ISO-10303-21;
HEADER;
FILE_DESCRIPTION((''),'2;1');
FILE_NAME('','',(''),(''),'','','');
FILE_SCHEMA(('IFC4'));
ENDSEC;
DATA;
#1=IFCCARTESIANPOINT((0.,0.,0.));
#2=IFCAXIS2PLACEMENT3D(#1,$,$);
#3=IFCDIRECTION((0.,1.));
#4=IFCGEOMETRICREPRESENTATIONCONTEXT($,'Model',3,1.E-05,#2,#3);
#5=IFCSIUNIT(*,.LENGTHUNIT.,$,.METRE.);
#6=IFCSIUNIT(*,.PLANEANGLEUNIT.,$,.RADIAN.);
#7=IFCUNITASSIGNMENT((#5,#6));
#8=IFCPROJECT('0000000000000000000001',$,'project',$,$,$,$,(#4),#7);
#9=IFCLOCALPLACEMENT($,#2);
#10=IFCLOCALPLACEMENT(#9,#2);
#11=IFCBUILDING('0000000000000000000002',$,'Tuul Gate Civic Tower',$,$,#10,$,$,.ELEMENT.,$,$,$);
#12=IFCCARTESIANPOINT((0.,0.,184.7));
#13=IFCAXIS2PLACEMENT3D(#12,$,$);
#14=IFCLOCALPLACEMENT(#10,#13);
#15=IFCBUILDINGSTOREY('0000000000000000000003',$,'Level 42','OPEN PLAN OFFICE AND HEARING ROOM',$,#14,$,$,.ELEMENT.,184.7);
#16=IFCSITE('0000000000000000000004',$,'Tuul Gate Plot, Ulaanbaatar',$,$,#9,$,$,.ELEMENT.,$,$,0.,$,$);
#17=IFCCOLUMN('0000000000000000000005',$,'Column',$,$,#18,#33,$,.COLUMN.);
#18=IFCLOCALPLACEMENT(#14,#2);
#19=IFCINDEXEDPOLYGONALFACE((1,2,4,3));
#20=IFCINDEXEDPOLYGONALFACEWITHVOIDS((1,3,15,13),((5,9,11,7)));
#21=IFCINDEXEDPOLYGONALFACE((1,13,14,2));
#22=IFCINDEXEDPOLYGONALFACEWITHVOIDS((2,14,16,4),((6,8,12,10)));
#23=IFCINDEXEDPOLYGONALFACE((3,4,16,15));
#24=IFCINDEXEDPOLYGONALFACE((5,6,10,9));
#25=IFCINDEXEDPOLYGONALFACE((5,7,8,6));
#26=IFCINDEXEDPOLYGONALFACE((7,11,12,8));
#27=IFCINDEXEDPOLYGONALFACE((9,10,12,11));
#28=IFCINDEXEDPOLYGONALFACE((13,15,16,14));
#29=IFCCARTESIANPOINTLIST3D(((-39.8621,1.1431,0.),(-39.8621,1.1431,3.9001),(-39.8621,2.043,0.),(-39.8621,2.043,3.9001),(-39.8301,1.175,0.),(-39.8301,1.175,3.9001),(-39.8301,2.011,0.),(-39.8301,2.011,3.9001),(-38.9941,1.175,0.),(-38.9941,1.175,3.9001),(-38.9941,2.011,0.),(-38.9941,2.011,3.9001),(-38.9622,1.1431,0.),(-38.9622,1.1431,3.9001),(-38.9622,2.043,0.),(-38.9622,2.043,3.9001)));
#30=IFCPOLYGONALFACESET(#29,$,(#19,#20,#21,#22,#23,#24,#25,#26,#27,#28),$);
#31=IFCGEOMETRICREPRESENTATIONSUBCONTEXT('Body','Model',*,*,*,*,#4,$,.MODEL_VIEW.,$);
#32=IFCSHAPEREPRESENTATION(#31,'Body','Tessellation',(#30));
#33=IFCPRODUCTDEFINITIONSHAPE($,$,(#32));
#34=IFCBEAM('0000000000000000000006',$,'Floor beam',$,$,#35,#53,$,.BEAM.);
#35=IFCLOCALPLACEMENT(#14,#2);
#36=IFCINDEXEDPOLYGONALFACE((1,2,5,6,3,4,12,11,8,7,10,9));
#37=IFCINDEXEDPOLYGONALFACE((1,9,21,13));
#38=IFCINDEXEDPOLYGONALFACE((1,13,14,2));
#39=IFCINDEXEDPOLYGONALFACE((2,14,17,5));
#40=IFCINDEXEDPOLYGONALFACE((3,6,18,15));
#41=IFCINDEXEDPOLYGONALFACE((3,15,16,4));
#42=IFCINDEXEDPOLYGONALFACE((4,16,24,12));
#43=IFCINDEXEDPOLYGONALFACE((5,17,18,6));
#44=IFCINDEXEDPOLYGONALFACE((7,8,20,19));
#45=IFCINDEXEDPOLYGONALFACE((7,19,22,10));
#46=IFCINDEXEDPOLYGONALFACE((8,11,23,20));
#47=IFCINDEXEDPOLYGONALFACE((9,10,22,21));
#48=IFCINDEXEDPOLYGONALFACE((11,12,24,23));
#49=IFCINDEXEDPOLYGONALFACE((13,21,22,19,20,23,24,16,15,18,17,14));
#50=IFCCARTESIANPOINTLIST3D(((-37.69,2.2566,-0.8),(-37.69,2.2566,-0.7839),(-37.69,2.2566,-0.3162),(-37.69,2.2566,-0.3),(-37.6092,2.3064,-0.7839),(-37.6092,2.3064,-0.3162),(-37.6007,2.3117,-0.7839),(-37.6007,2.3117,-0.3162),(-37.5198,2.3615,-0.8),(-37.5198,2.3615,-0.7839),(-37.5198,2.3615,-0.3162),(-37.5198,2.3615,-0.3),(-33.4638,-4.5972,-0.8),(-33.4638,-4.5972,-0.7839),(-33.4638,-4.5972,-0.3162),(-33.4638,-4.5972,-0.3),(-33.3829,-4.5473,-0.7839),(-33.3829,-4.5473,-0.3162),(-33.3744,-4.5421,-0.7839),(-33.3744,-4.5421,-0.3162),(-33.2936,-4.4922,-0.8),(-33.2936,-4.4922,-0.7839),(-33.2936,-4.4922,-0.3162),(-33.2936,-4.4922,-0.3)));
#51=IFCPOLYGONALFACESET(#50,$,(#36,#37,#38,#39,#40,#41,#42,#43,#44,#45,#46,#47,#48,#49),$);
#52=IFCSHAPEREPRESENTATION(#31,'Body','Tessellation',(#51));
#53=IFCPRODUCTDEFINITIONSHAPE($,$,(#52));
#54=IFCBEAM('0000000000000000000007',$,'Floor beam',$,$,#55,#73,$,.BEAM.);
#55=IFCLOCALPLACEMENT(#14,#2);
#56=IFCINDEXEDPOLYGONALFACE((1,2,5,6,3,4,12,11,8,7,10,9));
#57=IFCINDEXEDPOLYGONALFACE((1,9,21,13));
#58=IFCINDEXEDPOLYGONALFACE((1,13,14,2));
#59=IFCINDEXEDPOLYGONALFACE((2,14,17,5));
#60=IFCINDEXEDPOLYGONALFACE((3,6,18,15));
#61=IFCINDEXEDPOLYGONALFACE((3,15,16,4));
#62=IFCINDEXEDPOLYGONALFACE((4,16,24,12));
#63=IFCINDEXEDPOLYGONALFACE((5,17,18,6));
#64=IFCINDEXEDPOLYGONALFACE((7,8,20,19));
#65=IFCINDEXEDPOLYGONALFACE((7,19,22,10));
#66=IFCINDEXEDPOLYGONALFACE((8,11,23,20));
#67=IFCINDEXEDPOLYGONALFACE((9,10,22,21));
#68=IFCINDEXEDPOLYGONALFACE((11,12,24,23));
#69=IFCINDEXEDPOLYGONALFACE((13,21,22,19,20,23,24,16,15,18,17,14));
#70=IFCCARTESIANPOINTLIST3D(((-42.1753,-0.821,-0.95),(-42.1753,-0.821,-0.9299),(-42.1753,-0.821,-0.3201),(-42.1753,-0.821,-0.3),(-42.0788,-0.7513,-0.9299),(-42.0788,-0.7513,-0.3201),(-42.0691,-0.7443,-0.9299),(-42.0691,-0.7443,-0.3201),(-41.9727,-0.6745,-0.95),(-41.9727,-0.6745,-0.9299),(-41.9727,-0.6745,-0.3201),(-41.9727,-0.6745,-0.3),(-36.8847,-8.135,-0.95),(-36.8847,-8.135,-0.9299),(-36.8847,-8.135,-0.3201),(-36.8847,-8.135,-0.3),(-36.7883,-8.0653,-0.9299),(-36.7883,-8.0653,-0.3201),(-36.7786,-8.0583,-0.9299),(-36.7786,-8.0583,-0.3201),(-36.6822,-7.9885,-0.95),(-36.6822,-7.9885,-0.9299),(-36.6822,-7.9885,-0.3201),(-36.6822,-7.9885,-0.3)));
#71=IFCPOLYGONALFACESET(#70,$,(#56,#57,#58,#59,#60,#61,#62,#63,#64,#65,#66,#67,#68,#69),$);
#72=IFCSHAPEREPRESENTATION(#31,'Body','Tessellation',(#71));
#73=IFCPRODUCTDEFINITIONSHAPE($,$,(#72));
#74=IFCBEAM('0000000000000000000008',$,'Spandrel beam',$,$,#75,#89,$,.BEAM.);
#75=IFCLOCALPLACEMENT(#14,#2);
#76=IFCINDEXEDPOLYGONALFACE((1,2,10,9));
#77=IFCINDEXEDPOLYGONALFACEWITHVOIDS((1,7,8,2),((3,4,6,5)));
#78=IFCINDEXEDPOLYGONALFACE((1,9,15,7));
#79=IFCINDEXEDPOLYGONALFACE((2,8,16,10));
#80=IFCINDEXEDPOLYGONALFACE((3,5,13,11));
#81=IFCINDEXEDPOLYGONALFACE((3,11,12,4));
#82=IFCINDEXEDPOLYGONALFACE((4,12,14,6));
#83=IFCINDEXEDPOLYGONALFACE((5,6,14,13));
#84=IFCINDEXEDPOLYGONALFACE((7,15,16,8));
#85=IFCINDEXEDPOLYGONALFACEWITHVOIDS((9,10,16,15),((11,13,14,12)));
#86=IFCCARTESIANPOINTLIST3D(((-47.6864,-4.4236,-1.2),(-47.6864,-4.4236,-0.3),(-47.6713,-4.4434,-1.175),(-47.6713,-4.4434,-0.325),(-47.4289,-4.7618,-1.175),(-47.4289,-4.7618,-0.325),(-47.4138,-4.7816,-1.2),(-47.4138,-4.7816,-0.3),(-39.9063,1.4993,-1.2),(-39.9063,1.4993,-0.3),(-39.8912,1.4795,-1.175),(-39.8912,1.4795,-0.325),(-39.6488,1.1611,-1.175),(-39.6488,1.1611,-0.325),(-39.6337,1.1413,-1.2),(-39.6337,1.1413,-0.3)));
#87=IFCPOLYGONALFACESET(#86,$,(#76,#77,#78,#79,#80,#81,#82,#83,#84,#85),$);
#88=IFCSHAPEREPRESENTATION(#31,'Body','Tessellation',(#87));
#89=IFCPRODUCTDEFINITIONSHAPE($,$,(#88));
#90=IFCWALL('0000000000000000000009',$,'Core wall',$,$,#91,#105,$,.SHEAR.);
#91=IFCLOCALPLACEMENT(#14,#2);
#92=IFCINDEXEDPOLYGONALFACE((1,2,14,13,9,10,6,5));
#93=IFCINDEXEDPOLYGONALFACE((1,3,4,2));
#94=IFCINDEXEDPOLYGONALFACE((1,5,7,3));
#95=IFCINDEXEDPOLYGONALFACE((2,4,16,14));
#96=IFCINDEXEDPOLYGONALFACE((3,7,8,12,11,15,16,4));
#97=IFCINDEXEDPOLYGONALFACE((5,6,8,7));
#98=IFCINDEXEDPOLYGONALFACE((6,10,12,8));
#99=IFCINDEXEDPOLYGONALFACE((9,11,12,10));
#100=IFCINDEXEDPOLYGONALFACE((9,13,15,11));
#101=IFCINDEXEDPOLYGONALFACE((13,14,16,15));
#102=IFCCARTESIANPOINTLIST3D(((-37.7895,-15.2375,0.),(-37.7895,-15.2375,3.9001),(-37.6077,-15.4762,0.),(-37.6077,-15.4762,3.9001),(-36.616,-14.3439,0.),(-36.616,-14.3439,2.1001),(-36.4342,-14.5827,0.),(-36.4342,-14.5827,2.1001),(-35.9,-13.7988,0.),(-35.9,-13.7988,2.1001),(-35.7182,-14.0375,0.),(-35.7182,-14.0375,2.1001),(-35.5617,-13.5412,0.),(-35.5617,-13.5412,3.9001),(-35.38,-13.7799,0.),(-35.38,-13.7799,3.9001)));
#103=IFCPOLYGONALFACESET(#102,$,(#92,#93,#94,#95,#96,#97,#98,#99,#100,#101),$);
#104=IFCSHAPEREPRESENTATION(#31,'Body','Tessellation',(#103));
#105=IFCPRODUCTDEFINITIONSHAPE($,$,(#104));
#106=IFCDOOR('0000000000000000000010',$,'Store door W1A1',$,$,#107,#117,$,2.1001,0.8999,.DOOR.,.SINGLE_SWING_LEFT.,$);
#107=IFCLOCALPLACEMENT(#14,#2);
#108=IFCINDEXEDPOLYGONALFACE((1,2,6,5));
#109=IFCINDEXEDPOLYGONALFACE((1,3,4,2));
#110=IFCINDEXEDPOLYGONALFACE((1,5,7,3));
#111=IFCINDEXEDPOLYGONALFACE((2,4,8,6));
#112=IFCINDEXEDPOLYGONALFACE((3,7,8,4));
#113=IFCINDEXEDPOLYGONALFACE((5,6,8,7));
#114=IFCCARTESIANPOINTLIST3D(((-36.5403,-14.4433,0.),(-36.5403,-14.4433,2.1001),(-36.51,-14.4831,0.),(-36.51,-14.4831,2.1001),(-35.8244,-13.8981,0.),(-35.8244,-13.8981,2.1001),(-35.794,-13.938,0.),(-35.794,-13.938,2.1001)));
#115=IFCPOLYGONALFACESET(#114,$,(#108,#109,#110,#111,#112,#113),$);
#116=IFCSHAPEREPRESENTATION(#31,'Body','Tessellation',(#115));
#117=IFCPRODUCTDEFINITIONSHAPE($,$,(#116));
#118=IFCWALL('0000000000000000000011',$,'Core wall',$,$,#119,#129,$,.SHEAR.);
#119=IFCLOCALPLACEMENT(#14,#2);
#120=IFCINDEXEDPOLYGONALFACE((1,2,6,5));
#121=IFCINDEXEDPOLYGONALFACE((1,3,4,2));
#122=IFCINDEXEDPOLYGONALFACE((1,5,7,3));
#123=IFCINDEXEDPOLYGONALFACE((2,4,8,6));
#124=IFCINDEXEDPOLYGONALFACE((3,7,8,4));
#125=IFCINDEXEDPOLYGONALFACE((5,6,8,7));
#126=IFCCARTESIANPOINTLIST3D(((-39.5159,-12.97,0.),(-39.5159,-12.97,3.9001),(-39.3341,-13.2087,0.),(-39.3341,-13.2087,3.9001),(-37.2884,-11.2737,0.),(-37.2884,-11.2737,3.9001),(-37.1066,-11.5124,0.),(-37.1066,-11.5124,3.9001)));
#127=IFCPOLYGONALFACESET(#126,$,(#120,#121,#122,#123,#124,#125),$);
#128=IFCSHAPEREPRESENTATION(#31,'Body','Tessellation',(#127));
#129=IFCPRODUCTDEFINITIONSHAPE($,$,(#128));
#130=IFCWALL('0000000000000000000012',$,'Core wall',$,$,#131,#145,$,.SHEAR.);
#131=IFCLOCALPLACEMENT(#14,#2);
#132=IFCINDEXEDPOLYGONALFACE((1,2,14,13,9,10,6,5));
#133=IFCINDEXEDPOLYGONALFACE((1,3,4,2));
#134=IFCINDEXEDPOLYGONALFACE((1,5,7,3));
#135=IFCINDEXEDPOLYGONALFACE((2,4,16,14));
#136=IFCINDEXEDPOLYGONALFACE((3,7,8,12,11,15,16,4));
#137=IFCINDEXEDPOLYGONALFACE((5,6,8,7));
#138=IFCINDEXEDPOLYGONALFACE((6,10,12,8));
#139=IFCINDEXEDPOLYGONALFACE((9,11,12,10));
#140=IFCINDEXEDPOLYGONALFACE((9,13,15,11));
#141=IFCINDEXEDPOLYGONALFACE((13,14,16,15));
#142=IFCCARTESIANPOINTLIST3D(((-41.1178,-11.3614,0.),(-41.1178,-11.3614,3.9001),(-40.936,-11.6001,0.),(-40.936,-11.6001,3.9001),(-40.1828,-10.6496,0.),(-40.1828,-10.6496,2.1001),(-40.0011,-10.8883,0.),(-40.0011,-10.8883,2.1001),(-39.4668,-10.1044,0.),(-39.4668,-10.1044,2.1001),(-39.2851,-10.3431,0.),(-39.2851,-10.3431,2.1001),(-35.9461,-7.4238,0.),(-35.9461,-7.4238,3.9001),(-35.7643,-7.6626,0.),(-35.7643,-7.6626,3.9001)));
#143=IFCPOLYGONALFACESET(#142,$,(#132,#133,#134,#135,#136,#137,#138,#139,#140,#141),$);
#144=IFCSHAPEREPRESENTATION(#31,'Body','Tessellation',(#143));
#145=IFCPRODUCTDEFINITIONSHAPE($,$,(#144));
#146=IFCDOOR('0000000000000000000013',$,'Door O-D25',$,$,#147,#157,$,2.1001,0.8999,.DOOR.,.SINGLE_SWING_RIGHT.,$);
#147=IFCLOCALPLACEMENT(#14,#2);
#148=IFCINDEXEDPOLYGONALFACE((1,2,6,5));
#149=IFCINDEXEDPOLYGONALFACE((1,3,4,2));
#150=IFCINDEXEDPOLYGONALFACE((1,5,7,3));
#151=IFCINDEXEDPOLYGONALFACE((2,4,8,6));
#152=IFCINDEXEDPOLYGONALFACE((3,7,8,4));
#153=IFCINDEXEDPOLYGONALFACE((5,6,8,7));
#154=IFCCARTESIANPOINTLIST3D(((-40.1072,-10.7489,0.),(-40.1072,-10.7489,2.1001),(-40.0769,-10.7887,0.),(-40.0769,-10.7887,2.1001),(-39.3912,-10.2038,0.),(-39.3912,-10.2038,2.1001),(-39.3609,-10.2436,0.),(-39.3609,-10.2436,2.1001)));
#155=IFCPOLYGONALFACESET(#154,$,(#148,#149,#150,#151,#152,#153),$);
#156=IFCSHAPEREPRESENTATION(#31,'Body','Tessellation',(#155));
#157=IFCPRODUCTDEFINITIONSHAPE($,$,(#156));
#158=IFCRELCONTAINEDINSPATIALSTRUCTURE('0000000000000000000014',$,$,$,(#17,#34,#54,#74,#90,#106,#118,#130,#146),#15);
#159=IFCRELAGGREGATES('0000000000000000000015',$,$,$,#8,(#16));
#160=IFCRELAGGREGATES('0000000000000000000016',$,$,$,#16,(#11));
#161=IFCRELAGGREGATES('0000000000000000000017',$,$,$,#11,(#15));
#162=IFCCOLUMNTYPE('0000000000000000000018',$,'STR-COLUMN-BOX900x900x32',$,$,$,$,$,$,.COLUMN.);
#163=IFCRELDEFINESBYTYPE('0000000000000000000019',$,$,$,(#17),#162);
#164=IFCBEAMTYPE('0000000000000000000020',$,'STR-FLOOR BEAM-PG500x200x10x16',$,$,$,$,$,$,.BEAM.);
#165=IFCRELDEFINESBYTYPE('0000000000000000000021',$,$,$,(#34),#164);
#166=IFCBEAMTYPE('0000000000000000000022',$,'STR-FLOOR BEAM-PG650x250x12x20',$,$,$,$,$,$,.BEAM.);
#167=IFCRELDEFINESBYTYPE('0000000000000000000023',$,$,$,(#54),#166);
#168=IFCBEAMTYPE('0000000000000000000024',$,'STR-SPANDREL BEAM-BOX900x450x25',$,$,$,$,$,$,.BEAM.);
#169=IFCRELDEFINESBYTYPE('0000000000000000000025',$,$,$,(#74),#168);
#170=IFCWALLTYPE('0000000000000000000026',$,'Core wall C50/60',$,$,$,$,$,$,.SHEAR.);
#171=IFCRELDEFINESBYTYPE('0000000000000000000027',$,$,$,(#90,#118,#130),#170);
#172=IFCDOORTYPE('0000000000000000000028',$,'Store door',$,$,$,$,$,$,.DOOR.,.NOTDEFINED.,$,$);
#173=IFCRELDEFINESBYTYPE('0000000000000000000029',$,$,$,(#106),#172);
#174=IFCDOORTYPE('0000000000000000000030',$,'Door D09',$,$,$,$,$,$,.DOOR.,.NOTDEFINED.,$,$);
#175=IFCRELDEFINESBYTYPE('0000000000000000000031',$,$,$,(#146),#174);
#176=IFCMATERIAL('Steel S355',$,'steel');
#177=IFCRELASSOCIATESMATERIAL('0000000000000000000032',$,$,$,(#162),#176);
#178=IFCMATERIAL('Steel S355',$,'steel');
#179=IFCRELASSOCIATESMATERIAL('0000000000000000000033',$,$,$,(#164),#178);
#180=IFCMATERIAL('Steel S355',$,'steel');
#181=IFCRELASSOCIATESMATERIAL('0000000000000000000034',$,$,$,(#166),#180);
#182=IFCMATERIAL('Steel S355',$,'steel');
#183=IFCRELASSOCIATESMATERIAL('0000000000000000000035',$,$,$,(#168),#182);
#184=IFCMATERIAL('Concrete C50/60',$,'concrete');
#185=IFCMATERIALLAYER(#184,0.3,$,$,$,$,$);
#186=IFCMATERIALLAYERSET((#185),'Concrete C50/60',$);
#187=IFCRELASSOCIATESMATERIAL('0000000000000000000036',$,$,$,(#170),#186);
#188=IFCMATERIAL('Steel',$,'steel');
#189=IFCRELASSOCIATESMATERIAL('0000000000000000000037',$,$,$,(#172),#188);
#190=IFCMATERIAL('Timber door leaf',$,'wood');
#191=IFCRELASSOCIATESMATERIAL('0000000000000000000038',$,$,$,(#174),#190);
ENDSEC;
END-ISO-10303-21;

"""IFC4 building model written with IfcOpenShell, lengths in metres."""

from ifc_helpers import new_model, si_unit, direction, frame, frame_2d, origin, origin_2d, place, context, subcontext, project, spatial, rectangle, hollow_rectangle, i_section, extrude, material, layer, layer_set, material_profile, profile_set, type_object, element, fill, save


model = new_model("IFC4")

# Units and contexts
model_context = context("Model", 3, precision=1e-05, world=origin(), true_north=direction((0.0, 1.0)))
body_context = subcontext(model_context, "Body", "Model", "MODEL_VIEW")
ifc_project = project(units=[si_unit("LENGTHUNIT", "METRE"), si_unit("PLANEANGLEUNIT", "RADIAN")], contexts=[model_context])

# Site, building, storey
site_placement = place(None, origin())
site = spatial("IfcSite", under=ifc_project, at=site_placement, Name="Tuul Gate Plot, Ulaanbaatar", CompositionType="ELEMENT", RefElevation=0.0)
building_placement = place(site_placement, origin())
building = spatial("IfcBuilding", under=site, at=building_placement, Name="Tuul Gate Civic Tower", CompositionType="ELEMENT")
storey_placement = place(building_placement, frame((0.0, 0.0, 184.7)))
storey = spatial("IfcBuildingStorey", under=building, at=storey_placement, Name="Level 42", Description="OPEN PLAN OFFICE AND HEARING ROOM", CompositionType="ELEMENT", Elevation=184.7)

# Column
ifc_material_1 = material(Name="Steel S355", Category="steel")
ifc_material_profile_1 = material_profile(ifc_material_1, hollow_rectangle(XDim=0.8999, YDim=0.8999, WallThickness=0.032, at=origin_2d()), Name="BOX900x900x32")
ifc_profile_set_1 = profile_set([ifc_material_profile_1], Name="Steel S355")
column_type = type_object("IfcColumnType", Name="STR-COLUMN-BOX900x900x32", PredefinedType="COLUMN", material=ifc_profile_set_1)
column_placement = place(storey_placement, frame((-39.4121, 1.593, 0.0), z_axis=(0.0, 0.0, 1.0), x_axis=(1.0, 0.0, 0.0)))
element("IfcColumn", 1, at=column_placement, inside=storey, type_object=column_type, Name="Column", PredefinedType="COLUMN", context=body_context, shape_type="SweptSolid", body=[
    extrude(hollow_rectangle(XDim=0.8999, YDim=0.8999, WallThickness=0.032, at=origin_2d()), origin(), (0.0, 0.0, 1.0), 3.9001),
])

# Beams
ifc_material_2 = material(Name="Steel S355", Category="steel")
ifc_material_profile_2 = material_profile(ifc_material_2, i_section(OverallWidth=0.2, OverallDepth=0.5, WebThickness=0.01, FlangeThickness=0.0161, at=origin_2d()), Name="PG500x200x10x16")
ifc_profile_set_2 = profile_set([ifc_material_profile_2], Name="Steel S355")
beam_type_1 = type_object("IfcBeamType", Name="STR-FLOOR BEAM-PG500x200x10x16", PredefinedType="BEAM", material=ifc_profile_set_2)
beam_1_placement = place(storey_placement, frame((-33.3787, -4.5447, -0.55), z_axis=(-0.524874, 0.85118, 0.0), x_axis=(-0.85118, -0.524874, 0.0)))
element("IfcBeam", 2, at=beam_1_placement, inside=storey, type_object=beam_type_1, Name="Floor beam", PredefinedType="BEAM", context=body_context, shape_type="SweptSolid", body=[
    extrude(i_section(OverallWidth=0.2, OverallDepth=0.5, WebThickness=0.01, FlangeThickness=0.0161, at=origin_2d()), origin(), (0.0, 0.0, 1.0), 8.052),
])
ifc_material_3 = material(Name="Steel S355", Category="steel")
ifc_material_profile_3 = material_profile(ifc_material_3, i_section(OverallWidth=0.25, OverallDepth=0.6499, WebThickness=0.012, FlangeThickness=0.02, at=origin_2d()), Name="PG650x250x12x20")
ifc_profile_set_3 = profile_set([ifc_material_profile_3], Name="Steel S355")
beam_type_2 = type_object("IfcBeamType", Name="STR-FLOOR BEAM-PG650x250x12x20", PredefinedType="BEAM", material=ifc_profile_set_3)
beam_2_placement = place(storey_placement, frame((-36.7834, -8.0618, -0.625), z_axis=(-0.586089, 0.810247, 0.0), x_axis=(-0.810247, -0.586089, 0.0)))
element("IfcBeam", 3, at=beam_2_placement, inside=storey, type_object=beam_type_2, Name="Floor beam", PredefinedType="BEAM", context=body_context, shape_type="SweptSolid", body=[
    extrude(i_section(OverallWidth=0.25, OverallDepth=0.6499, WebThickness=0.012, FlangeThickness=0.02, at=origin_2d()), origin(), (0.0, 0.0, 1.0), 9.0269),
])
ifc_material_4 = material(Name="Steel S355", Category="steel")
ifc_material_profile_4 = material_profile(ifc_material_4, hollow_rectangle(XDim=0.45, YDim=0.8999, WallThickness=0.0249, at=origin_2d()), Name="BOX900x450x25")
ifc_profile_set_4 = profile_set([ifc_material_profile_4], Name="Steel S355")
beam_type_3 = type_object("IfcBeamType", Name="STR-SPANDREL BEAM-BOX900x450x25", PredefinedType="BEAM", material=ifc_profile_set_4)
beam_3_placement = place(storey_placement, frame((-39.77, 1.3203, -0.75), z_axis=(-0.795668, -0.605733, 0.0), x_axis=(0.605733, -0.795668, 0.0)))
element("IfcBeam", 4, at=beam_3_placement, inside=storey, type_object=beam_type_3, Name="Spandrel beam", PredefinedType="BEAM", context=body_context, shape_type="SweptSolid", body=[
    extrude(hollow_rectangle(XDim=0.45, YDim=0.8999, WallThickness=0.0249, at=origin_2d()), origin(), (0.0, 0.0, 1.0), 9.7781),
])

# Wall, opening, door
ifc_material_5 = material(Name="Concrete C50/60", Category="concrete")
ifc_layer_1 = layer(ifc_material_5, 0.3)
ifc_layer_set_1 = layer_set([ifc_layer_1], Name="Concrete C50/60")
wall_type_1 = type_object("IfcWallType", Name="Core wall C50/60", PredefinedType="SHEAR", material=ifc_layer_set_1)
wall_1_placement = place(storey_placement, frame((-35.4709, -13.6606, 0.0), z_axis=(0.0, 0.0, 1.0), x_axis=(-0.795616, -0.605802, 0.0)))
wall_1 = element("IfcWall", 5, at=wall_1_placement, inside=storey, type_object=wall_type_1, Name="Core wall", PredefinedType="SHEAR", context=body_context, shape_type="SweptSolid", body=[
    extrude(rectangle(XDim=2.8, YDim=0.3, at=frame_2d((1.3999, 0.0))), origin(), (0.0, 0.0, 1.0), 3.9001),
])
opening_1_placement = place(wall_1_placement, frame((0.425, 0.0, 0.0)))
opening_1 = element("IfcOpeningElement", 6, at=opening_1_placement, cuts=wall_1, PredefinedType="OPENING", context=body_context, shape_type="SweptSolid", body=[
    extrude(rectangle(XDim=0.8999, YDim=2.1001, at=frame_2d((0.45, 1.05))), frame((0.0, 0.1602, 0.0), z_axis=(0.0, -1.0, 0.0), x_axis=(1.0, 0.0, 0.0)), (0.0, 0.0, 1.0), 0.3201),
])
ifc_material_6 = material(Name="Steel", Category="steel")
door_type_1 = type_object("IfcDoorType", Name="Store door", OperationType="NOTDEFINED", PredefinedType="DOOR", material=ifc_material_6)
door_1_placement = place(opening_1_placement, origin())
door_1 = element("IfcDoor", 7, at=door_1_placement, inside=storey, type_object=door_type_1, Name="Store door W1A1", OperationType="SINGLE_SWING_LEFT", OverallHeight=2.1001, OverallWidth=0.8999, PredefinedType="DOOR", context=body_context, shape_type="SweptSolid", body=[
    extrude(rectangle(XDim=0.8999, YDim=2.1001, at=frame_2d((0.45, 1.05))), frame((0.0, 0.0249, 0.0), z_axis=(0.0, -1.0, 0.0), x_axis=(1.0, 0.0, 0.0)), (0.0, 0.0, 1.0), 0.05),
])
fill(opening_1, door_1)

# Wall
wall_2_placement = place(storey_placement, frame((-37.1975, -11.3931, 0.0), z_axis=(0.0, 0.0, 1.0), x_axis=(-0.795584, -0.605844, 0.0)))
element("IfcWall", 8, at=wall_2_placement, inside=storey, type_object=wall_type_1, Name="Core wall", PredefinedType="SHEAR", context=body_context, shape_type="SweptSolid", body=[
    extrude(rectangle(XDim=2.7998, YDim=0.3, at=frame_2d((1.3999, 0.0))), origin(), (0.0, 0.0, 1.0), 3.9001),
])

# Wall, opening, door
wall_3_placement = place(storey_placement, frame((-35.8552, -7.5432, 0.0), z_axis=(0.0, 0.0, 1.0), x_axis=(-0.795639, -0.605772, 0.0)))
wall_3 = element("IfcWall", 9, at=wall_3_placement, inside=storey, type_object=wall_type_1, Name="Core wall", PredefinedType="SHEAR", context=body_context, shape_type="SweptSolid", body=[
    extrude(rectangle(XDim=6.5, YDim=0.3, at=frame_2d((3.25, 0.0))), origin(), (0.0, 0.0, 1.0), 3.9001),
])
opening_2_placement = place(wall_3_placement, frame((4.425, 0.0, 0.0)))
opening_2 = element("IfcOpeningElement", 10, at=opening_2_placement, cuts=wall_3, PredefinedType="OPENING", context=body_context, shape_type="SweptSolid", body=[
    extrude(rectangle(XDim=0.8999, YDim=2.1001, at=frame_2d((0.45, 1.05))), frame((0.0, 0.1602, 0.0), z_axis=(0.0, -1.0, 0.0), x_axis=(1.0, 0.0, 0.0)), (0.0, 0.0, 1.0), 0.3201),
])
ifc_material_7 = material(Name="Timber door leaf", Category="wood")
door_type_2 = type_object("IfcDoorType", Name="Door D09", OperationType="NOTDEFINED", PredefinedType="DOOR", material=ifc_material_7)
door_2_placement = place(opening_2_placement, origin())
door_2 = element("IfcDoor", 11, at=door_2_placement, inside=storey, type_object=door_type_2, Name="Door O-D25", OperationType="SINGLE_SWING_RIGHT", OverallHeight=2.1001, OverallWidth=0.8999, PredefinedType="DOOR", context=body_context, shape_type="SweptSolid", body=[
    extrude(rectangle(XDim=0.8999, YDim=2.1001, at=frame_2d((0.45, 1.05))), frame((0.0, 0.0249, 0.0), z_axis=(0.0, -1.0, 0.0), x_axis=(1.0, 0.0, 0.0)), (0.0, 0.0, 1.0), 0.05),
])
fill(opening_2, door_2)

save(model, "model.ifc")
